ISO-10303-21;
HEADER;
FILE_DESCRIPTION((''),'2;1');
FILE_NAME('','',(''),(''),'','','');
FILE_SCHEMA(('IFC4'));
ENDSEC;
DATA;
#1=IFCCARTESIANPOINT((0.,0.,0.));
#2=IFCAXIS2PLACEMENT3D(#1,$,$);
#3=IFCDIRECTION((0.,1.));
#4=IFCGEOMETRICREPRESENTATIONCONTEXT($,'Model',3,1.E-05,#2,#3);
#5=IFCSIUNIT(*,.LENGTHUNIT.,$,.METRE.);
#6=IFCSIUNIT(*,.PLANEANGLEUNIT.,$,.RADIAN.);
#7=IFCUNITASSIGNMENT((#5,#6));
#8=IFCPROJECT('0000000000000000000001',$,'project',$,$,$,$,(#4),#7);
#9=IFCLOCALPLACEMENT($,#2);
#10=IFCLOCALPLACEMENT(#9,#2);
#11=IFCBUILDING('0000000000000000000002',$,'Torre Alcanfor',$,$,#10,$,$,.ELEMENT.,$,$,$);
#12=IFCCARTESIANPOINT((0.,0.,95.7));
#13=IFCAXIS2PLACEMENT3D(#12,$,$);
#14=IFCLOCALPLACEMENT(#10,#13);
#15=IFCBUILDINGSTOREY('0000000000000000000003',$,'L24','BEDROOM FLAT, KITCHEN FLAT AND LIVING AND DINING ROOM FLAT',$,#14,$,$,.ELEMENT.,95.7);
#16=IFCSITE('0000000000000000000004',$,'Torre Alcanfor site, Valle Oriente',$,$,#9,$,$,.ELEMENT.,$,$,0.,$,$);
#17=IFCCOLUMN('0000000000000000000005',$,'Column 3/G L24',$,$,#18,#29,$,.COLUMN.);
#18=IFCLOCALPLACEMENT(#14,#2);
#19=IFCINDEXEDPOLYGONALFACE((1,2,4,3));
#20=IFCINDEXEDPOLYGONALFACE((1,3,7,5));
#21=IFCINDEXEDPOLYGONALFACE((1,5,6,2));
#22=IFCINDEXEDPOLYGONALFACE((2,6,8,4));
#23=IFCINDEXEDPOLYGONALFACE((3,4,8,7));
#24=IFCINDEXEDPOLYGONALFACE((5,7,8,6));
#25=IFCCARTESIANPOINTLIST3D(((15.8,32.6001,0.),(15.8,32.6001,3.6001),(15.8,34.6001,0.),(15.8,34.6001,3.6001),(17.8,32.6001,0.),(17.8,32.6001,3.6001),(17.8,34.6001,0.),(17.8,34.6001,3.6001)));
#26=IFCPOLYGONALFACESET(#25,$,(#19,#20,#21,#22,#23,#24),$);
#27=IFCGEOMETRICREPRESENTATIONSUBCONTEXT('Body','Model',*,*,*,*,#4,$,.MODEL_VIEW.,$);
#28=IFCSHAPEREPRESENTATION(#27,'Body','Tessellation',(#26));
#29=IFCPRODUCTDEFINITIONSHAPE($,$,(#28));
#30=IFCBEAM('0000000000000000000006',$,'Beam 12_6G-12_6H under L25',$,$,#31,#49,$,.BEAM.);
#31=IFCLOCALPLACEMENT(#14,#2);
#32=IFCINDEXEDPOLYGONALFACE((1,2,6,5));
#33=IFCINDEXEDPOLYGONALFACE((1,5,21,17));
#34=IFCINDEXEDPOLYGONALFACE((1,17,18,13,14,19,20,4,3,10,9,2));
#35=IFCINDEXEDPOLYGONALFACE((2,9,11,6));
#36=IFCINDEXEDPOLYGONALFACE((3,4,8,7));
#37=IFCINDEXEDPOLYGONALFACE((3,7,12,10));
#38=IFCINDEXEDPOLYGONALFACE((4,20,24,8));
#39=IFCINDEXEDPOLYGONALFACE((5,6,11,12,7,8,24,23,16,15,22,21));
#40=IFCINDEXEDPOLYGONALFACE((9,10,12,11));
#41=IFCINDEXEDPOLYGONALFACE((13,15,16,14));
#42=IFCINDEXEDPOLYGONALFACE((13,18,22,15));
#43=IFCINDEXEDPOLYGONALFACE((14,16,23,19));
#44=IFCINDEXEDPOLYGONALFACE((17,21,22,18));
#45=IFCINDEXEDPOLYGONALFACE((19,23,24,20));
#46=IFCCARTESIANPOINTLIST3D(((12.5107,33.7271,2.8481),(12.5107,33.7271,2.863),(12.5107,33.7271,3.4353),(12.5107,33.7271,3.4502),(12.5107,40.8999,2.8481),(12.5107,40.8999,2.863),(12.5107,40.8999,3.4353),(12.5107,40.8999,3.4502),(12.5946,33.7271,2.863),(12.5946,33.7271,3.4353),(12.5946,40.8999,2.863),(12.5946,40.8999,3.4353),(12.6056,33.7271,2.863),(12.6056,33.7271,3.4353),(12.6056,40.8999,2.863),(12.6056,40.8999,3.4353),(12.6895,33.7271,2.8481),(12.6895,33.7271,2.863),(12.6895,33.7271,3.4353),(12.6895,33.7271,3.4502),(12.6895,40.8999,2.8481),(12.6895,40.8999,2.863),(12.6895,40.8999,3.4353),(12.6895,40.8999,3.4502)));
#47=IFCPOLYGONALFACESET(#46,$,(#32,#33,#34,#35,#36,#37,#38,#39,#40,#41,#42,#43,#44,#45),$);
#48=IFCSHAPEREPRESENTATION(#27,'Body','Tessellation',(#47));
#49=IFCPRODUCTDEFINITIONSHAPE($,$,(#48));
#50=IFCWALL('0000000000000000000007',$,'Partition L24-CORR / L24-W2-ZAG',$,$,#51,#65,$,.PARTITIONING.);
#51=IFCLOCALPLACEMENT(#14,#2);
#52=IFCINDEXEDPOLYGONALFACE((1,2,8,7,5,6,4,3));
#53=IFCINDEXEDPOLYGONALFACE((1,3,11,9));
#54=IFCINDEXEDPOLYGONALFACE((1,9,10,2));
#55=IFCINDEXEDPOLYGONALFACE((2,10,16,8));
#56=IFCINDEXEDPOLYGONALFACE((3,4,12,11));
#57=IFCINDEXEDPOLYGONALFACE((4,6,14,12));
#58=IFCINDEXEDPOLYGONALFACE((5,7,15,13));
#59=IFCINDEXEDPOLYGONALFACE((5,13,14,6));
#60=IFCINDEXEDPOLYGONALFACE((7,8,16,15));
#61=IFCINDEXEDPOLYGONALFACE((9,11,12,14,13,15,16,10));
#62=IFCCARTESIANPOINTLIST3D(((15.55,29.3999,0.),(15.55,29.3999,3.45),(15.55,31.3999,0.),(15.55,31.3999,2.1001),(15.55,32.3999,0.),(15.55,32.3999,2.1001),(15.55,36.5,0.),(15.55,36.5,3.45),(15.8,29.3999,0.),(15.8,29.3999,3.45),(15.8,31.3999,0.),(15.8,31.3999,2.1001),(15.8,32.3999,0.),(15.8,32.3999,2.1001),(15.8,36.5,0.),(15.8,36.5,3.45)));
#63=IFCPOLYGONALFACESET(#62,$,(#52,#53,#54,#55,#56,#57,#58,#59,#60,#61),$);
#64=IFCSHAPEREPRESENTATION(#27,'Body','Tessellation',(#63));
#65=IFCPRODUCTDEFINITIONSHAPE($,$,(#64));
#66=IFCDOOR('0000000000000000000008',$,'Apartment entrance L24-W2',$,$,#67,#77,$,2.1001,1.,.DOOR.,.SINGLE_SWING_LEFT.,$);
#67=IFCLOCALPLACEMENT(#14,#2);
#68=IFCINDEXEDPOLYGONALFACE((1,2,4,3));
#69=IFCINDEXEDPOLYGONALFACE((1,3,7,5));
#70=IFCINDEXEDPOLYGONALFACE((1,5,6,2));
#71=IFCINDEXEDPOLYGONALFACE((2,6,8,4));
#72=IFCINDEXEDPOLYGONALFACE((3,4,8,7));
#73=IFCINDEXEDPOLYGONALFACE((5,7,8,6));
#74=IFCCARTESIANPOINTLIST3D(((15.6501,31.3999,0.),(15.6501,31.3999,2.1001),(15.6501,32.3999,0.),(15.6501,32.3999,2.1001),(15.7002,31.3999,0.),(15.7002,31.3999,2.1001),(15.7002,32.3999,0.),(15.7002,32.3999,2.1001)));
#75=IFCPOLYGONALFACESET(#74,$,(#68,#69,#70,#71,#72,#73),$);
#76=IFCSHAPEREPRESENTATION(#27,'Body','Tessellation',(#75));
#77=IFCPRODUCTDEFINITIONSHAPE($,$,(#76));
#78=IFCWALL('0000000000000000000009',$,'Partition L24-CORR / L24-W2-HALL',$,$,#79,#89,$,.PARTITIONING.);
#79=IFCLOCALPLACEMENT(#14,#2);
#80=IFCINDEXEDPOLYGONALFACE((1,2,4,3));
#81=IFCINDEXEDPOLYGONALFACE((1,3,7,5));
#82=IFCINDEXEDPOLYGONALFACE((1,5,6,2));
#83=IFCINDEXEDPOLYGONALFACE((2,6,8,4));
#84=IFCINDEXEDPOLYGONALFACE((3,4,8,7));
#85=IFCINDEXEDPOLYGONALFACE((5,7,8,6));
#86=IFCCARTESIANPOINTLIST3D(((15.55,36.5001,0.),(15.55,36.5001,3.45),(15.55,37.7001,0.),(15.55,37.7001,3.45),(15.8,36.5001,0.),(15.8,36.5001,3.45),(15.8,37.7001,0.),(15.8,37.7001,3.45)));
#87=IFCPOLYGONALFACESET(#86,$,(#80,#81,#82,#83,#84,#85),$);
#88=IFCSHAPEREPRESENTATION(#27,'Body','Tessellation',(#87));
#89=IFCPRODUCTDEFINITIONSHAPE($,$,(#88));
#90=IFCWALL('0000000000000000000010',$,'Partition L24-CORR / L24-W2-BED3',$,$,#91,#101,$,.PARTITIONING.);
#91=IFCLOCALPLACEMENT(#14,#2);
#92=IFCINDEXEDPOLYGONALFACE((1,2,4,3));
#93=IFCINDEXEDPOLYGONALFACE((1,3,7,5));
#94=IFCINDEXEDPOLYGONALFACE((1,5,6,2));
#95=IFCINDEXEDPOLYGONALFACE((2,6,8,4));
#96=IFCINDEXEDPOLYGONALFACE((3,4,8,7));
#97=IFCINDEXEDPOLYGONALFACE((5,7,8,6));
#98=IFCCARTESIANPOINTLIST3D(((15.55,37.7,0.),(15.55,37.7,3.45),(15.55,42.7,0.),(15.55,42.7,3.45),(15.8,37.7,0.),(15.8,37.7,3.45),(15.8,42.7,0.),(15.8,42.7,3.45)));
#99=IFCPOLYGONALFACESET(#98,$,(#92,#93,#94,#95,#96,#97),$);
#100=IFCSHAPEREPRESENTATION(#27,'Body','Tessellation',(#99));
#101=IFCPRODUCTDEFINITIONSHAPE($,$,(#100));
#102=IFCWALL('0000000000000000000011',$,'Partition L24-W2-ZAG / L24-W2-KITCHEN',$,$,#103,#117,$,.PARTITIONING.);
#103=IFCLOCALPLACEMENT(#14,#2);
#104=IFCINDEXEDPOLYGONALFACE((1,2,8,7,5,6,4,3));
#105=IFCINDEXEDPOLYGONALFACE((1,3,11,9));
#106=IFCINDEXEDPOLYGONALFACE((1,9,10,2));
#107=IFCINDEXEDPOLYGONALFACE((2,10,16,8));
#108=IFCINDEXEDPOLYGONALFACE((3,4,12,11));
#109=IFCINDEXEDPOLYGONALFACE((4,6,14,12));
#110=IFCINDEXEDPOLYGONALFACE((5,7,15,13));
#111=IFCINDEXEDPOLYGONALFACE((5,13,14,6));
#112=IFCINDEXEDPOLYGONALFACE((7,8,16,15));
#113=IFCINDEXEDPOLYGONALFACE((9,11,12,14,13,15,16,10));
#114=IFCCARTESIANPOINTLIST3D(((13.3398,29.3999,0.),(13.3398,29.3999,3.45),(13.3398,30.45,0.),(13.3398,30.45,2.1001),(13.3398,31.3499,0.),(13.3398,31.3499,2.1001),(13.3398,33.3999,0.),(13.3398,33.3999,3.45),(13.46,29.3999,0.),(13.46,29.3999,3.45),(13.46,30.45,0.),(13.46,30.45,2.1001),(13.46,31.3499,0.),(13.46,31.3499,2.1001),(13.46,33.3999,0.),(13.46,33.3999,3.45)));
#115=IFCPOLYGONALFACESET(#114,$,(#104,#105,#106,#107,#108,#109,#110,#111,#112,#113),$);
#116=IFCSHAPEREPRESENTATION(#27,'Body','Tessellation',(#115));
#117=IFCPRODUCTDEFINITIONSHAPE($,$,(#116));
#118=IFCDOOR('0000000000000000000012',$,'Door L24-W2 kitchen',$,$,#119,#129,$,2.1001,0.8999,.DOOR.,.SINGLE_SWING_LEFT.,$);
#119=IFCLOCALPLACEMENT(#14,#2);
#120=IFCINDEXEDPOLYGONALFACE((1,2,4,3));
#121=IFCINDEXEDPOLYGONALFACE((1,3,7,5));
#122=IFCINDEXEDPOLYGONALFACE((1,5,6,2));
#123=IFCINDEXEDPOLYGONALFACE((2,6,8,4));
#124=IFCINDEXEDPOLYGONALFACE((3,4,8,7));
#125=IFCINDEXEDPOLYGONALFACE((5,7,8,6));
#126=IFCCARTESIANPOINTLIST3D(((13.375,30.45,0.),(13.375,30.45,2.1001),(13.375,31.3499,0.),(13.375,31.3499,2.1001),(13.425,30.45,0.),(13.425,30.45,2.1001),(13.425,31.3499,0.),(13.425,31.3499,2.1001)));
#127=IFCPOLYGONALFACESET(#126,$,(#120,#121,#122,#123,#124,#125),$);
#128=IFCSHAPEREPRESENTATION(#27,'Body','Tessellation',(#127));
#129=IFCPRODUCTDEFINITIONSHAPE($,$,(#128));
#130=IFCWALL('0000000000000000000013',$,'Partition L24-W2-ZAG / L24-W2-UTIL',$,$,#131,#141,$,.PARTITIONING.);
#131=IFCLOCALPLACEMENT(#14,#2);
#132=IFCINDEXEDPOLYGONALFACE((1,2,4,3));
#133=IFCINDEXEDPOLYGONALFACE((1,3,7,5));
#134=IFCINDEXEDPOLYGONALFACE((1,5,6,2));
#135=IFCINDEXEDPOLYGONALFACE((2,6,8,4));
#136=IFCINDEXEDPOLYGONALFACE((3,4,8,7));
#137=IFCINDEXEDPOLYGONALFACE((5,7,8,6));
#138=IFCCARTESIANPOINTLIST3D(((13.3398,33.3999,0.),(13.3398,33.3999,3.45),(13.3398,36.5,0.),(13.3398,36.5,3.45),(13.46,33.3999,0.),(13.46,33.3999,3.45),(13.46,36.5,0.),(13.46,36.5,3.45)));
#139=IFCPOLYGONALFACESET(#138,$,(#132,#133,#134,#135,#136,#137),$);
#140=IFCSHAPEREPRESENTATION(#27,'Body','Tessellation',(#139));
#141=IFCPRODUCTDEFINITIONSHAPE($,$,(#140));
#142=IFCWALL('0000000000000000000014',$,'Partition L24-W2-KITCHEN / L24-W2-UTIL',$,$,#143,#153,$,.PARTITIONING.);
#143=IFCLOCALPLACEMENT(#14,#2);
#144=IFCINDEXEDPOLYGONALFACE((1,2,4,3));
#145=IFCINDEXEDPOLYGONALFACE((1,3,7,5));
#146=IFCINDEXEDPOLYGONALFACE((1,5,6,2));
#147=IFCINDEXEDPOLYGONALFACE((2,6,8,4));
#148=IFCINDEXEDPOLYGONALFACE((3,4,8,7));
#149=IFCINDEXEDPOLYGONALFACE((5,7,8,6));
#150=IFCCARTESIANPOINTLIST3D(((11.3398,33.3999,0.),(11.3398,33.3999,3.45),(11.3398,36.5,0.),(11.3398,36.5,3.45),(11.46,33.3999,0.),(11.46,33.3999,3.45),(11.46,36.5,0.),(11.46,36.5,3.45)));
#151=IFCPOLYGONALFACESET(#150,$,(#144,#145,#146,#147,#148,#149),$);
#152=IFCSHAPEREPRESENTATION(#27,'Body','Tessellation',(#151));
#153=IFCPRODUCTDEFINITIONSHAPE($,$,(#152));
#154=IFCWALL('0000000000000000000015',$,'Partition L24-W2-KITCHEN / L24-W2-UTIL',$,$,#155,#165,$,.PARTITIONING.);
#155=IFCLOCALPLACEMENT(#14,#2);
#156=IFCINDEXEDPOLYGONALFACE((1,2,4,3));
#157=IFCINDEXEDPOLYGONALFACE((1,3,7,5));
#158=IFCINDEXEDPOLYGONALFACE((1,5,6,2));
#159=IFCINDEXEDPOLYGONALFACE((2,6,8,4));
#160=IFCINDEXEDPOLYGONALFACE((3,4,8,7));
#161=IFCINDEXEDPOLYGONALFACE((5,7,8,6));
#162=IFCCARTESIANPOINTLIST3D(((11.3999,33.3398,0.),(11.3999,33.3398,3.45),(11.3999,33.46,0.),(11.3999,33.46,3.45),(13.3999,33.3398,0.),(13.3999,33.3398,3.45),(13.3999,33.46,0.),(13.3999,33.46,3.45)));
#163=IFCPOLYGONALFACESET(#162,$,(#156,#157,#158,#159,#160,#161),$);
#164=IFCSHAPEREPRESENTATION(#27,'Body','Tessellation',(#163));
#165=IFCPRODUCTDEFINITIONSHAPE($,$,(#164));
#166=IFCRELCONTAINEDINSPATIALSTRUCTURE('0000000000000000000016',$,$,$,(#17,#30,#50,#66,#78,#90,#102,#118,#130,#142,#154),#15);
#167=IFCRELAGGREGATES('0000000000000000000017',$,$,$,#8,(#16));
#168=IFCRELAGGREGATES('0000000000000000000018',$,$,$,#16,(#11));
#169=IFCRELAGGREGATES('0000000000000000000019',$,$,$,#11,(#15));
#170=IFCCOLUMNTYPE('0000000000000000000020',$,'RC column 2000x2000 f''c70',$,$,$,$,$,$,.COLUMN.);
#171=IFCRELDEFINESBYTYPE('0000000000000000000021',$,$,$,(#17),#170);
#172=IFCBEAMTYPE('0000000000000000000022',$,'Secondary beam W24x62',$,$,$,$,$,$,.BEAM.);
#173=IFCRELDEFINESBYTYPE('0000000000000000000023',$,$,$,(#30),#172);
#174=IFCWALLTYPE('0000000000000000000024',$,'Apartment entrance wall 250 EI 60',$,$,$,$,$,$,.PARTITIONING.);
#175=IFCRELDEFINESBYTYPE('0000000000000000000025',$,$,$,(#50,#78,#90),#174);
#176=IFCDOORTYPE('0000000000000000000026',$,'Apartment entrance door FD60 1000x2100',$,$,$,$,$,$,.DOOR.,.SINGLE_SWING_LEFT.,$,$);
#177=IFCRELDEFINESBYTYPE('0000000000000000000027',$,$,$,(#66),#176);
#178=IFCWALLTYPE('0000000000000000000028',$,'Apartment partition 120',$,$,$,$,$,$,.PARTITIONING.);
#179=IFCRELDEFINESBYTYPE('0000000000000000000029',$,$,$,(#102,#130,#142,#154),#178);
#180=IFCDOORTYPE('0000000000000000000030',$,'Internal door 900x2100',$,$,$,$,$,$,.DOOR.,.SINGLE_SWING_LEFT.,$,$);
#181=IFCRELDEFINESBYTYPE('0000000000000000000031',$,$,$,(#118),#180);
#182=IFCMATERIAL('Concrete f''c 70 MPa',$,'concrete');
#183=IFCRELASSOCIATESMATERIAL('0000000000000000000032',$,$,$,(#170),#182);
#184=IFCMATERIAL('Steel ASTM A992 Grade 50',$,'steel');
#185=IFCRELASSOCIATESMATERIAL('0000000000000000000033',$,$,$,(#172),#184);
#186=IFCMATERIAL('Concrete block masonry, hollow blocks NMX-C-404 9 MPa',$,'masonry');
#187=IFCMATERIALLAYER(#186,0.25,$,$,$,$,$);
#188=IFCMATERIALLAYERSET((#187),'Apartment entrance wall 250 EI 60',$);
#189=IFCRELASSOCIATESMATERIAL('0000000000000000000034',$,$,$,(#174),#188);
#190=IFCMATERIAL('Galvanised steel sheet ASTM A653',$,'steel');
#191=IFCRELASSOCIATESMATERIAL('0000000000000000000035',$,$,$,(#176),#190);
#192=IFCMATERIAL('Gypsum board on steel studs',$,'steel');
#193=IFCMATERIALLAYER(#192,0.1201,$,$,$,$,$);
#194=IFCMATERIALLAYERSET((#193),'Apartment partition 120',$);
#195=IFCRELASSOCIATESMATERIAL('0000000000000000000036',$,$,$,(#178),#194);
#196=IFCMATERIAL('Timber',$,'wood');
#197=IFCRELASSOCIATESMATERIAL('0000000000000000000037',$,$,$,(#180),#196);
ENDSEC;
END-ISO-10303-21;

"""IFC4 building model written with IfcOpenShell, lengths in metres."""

from ifc_helpers import new_model, si_unit, direction, frame, frame_2d, origin, origin_2d, place, context, subcontext, project, spatial, rectangle, i_section, extrude, material, layer, layer_set, material_profile, profile_set, type_object, element, fill, save


model = new_model("IFC4")

# Units and contexts
model_context = context("Model", 3, precision=1e-05, world=origin(), true_north=direction((0.0, 1.0)))
body_context = subcontext(model_context, "Body", "Model", "MODEL_VIEW")
ifc_project = project(units=[si_unit("LENGTHUNIT", "METRE"), si_unit("PLANEANGLEUNIT", "RADIAN")], contexts=[model_context])

# Site, building, storey
site_placement = place(None, origin())
site = spatial("IfcSite", under=ifc_project, at=site_placement, Name="Torre Alcanfor site, Valle Oriente", CompositionType="ELEMENT", RefElevation=0.0)
building_placement = place(site_placement, origin())
building = spatial("IfcBuilding", under=site, at=building_placement, Name="Torre Alcanfor", CompositionType="ELEMENT")
storey_placement = place(building_placement, frame((0.0, 0.0, 95.7)))
storey = spatial("IfcBuildingStorey", under=building, at=storey_placement, Name="L24", Description="BEDROOM FLAT, KITCHEN FLAT AND LIVING AND DINING ROOM FLAT", CompositionType="ELEMENT", Elevation=95.7)

# Column
ifc_material_1 = material(Name="Concrete f'c 70 MPa", Category="concrete")
ifc_material_profile_1 = material_profile(ifc_material_1, rectangle(XDim=2.0, YDim=2.0, at=origin_2d()), Name="2000x2000")
ifc_profile_set_1 = profile_set([ifc_material_profile_1], Name="Concrete f'c 70 MPa")
column_type = type_object("IfcColumnType", Name="RC column 2000x2000 f'c70", PredefinedType="COLUMN", material=ifc_profile_set_1)
column_placement = place(storey_placement, frame((16.8, 33.6001, 0.0), z_axis=(0.0, 0.0, 1.0), x_axis=(1.0, 0.0, 0.0)))
element("IfcColumn", 1, at=column_placement, inside=storey, type_object=column_type, Name="Column 3/G L24", PredefinedType="COLUMN", context=body_context, shape_type="SweptSolid", body=[
    extrude(rectangle(XDim=2.0, YDim=2.0, at=origin_2d()), origin(), (0.0, 0.0, 1.0), 3.6001),
])

# Beam
ifc_material_2 = material(Name="Steel ASTM A992 Grade 50", Category="steel")
ifc_material_profile_2 = material_profile(ifc_material_2, i_section(OverallWidth=0.1787, OverallDepth=0.6021, WebThickness=0.011, FlangeThickness=0.0149, at=origin_2d()), Name="W24x62")
ifc_profile_set_2 = profile_set([ifc_material_profile_2], Name="Steel ASTM A992 Grade 50")
beam_type = type_object("IfcBeamType", Name="Secondary beam W24x62", PredefinedType="BEAM", material=ifc_profile_set_2)
beam_placement = place(storey_placement, frame((12.6001, 33.7271, 3.1492), z_axis=(0.0, 1.0, 0.0), x_axis=(-1.0, 0.0, 0.0)))
element("IfcBeam", 2, at=beam_placement, inside=storey, type_object=beam_type, Name="Beam 12_6G-12_6H under L25", PredefinedType="BEAM", context=body_context, shape_type="SweptSolid", body=[
    extrude(i_section(OverallWidth=0.1787, OverallDepth=0.6021, WebThickness=0.011, FlangeThickness=0.0149, at=origin_2d()), origin(), (0.0, 0.0, 1.0), 7.1729),
])

# Wall, opening, door
ifc_material_3 = material(Name="Concrete block masonry, hollow blocks NMX-C-404 9 MPa", Category="masonry")
ifc_layer_1 = layer(ifc_material_3, 0.25)
ifc_layer_set_1 = layer_set([ifc_layer_1], Name="Apartment entrance wall 250 EI 60")
wall_type_1 = type_object("IfcWallType", Name="Apartment entrance wall 250 EI 60", PredefinedType="PARTITIONING", material=ifc_layer_set_1)
wall_1_placement = place(storey_placement, frame((15.675, 29.3999, 0.0), z_axis=(0.0, 0.0, 1.0), x_axis=(0.0, 1.0, 0.0)))
wall_1 = element("IfcWall", 3, at=wall_1_placement, inside=storey, type_object=wall_type_1, Name="Partition L24-CORR / L24-W2-ZAG", PredefinedType="PARTITIONING", context=body_context, shape_type="SweptSolid", body=[
    extrude(rectangle(XDim=7.1001, YDim=0.25, at=frame_2d((3.55, 0.0))), origin(), (0.0, 0.0, 1.0), 3.45),
])
opening_1_placement = place(wall_1_placement, frame((2.0, 0.0, 0.0)))
opening_1 = element("IfcOpeningElement", 4, at=opening_1_placement, cuts=wall_1, PredefinedType="OPENING", context=body_context, shape_type="SweptSolid", body=[
    extrude(rectangle(XDim=1.0, YDim=2.1001, at=frame_2d((0.5, 1.05))), frame((0.0, 0.135, 0.0), z_axis=(0.0, -1.0, 0.0), x_axis=(1.0, 0.0, 0.0)), (0.0, 0.0, 1.0), 0.27),
])
ifc_material_4 = material(Name="Galvanised steel sheet ASTM A653", Category="steel")
door_type_1 = type_object("IfcDoorType", Name="Apartment entrance door FD60 1000x2100", OperationType="SINGLE_SWING_LEFT", PredefinedType="DOOR", material=ifc_material_4)
door_1_placement = place(opening_1_placement, origin())
door_1 = element("IfcDoor", 5, at=door_1_placement, inside=storey, type_object=door_type_1, Name="Apartment entrance L24-W2", OperationType="SINGLE_SWING_LEFT", OverallHeight=2.1001, OverallWidth=1.0, PredefinedType="DOOR", context=body_context, shape_type="SweptSolid", body=[
    extrude(rectangle(XDim=1.0, YDim=2.1001, at=frame_2d((0.5, 1.05))), frame((0.0, 0.0249, 0.0), z_axis=(0.0, -1.0, 0.0), x_axis=(1.0, 0.0, 0.0)), (0.0, 0.0, 1.0), 0.05),
])
fill(opening_1, door_1)

# Walls
wall_2_placement = place(storey_placement, frame((15.675, 36.5, 0.0), z_axis=(0.0, 0.0, 1.0), x_axis=(0.0, 1.0, 0.0)))
element("IfcWall", 6, at=wall_2_placement, inside=storey, type_object=wall_type_1, Name="Partition L24-CORR / L24-W2-HALL", PredefinedType="PARTITIONING", context=body_context, shape_type="SweptSolid", body=[
    extrude(rectangle(XDim=1.2, YDim=0.25, at=frame_2d((0.6001, 0.0))), origin(), (0.0, 0.0, 1.0), 3.45),
])
wall_3_placement = place(storey_placement, frame((15.675, 37.7, 0.0), z_axis=(0.0, 0.0, 1.0), x_axis=(0.0, 1.0, 0.0)))
element("IfcWall", 7, at=wall_3_placement, inside=storey, type_object=wall_type_1, Name="Partition L24-CORR / L24-W2-BED3", PredefinedType="PARTITIONING", context=body_context, shape_type="SweptSolid", body=[
    extrude(rectangle(XDim=5.0, YDim=0.25, at=frame_2d((2.5, 0.0))), origin(), (0.0, 0.0, 1.0), 3.45),
])

# Wall, opening, door
ifc_material_5 = material(Name="Gypsum board on steel studs", Category="steel")
ifc_layer_2 = layer(ifc_material_5, 0.1201)
ifc_layer_set_2 = layer_set([ifc_layer_2], Name="Apartment partition 120")
wall_type_2 = type_object("IfcWallType", Name="Apartment partition 120", PredefinedType="PARTITIONING", material=ifc_layer_set_2)
wall_4_placement = place(storey_placement, frame((13.3999, 29.3999, 0.0), z_axis=(0.0, 0.0, 1.0), x_axis=(0.0, 1.0, 0.0)))
wall_4 = element("IfcWall", 8, at=wall_4_placement, inside=storey, type_object=wall_type_2, Name="Partition L24-W2-ZAG / L24-W2-KITCHEN", PredefinedType="PARTITIONING", context=body_context, shape_type="SweptSolid", body=[
    extrude(rectangle(XDim=4.0, YDim=0.1201, at=frame_2d((2.0, 0.0))), origin(), (0.0, 0.0, 1.0), 3.45),
])
opening_2_placement = place(wall_4_placement, frame((1.05, 0.0, 0.0)))
opening_2 = element("IfcOpeningElement", 9, at=opening_2_placement, cuts=wall_4, PredefinedType="OPENING", context=body_context, shape_type="SweptSolid", body=[
    extrude(rectangle(XDim=0.8999, YDim=2.1001, at=frame_2d((0.45, 1.05))), frame((0.0, 0.0701, 0.0), z_axis=(0.0, -1.0, 0.0), x_axis=(1.0, 0.0, 0.0)), (0.0, 0.0, 1.0), 0.1401),
])
ifc_material_6 = material(Name="Timber", Category="wood")
door_type_2 = type_object("IfcDoorType", Name="Internal door 900x2100", OperationType="SINGLE_SWING_LEFT", PredefinedType="DOOR", material=ifc_material_6)
door_2_placement = place(opening_2_placement, origin())
door_2 = element("IfcDoor", 10, at=door_2_placement, inside=storey, type_object=door_type_2, Name="Door L24-W2 kitchen", OperationType="SINGLE_SWING_LEFT", OverallHeight=2.1001, OverallWidth=0.8999, PredefinedType="DOOR", context=body_context, shape_type="SweptSolid", body=[
    extrude(rectangle(XDim=0.8999, YDim=2.1001, at=frame_2d((0.45, 1.05))), frame((0.0, 0.0249, 0.0), z_axis=(0.0, -1.0, 0.0), x_axis=(1.0, 0.0, 0.0)), (0.0, 0.0, 1.0), 0.05),
])
fill(opening_2, door_2)

# Walls
for number, where, z_axis, x_axis, name in (
    (11, (13.3999, 33.3999, 0.0), (0.0, 0.0, 1.0), (0.0, 1.0, 0.0), "Partition L24-W2-ZAG / L24-W2-UTIL"),
    (12, (11.3999, 36.5, 0.0), (0.0, 0.0, 1.0), (0.0, -1.0, 0.0), "Partition L24-W2-KITCHEN / L24-W2-UTIL"),
):
    element("IfcWall", number, at=place(storey_placement, frame(where, z_axis=z_axis, x_axis=x_axis)), inside=storey, type_object=wall_type_2, Name=name, PredefinedType="PARTITIONING", context=body_context, shape_type="SweptSolid", body=[
        extrude(rectangle(XDim=3.1001, YDim=0.1201, at=frame_2d((1.55, 0.0))), origin(), (0.0, 0.0, 1.0), 3.45),
    ])
wall_5_placement = place(storey_placement, frame((11.3999, 33.3999, 0.0), z_axis=(0.0, 0.0, 1.0), x_axis=(1.0, 0.0, 0.0)))
element("IfcWall", 13, at=wall_5_placement, inside=storey, type_object=wall_type_2, Name="Partition L24-W2-KITCHEN / L24-W2-UTIL", PredefinedType="PARTITIONING", context=body_context, shape_type="SweptSolid", body=[
    extrude(rectangle(XDim=2.0, YDim=0.1201, at=frame_2d((1.0, 0.0))), origin(), (0.0, 0.0, 1.0), 3.45),
])

save(model, "model.ifc")
